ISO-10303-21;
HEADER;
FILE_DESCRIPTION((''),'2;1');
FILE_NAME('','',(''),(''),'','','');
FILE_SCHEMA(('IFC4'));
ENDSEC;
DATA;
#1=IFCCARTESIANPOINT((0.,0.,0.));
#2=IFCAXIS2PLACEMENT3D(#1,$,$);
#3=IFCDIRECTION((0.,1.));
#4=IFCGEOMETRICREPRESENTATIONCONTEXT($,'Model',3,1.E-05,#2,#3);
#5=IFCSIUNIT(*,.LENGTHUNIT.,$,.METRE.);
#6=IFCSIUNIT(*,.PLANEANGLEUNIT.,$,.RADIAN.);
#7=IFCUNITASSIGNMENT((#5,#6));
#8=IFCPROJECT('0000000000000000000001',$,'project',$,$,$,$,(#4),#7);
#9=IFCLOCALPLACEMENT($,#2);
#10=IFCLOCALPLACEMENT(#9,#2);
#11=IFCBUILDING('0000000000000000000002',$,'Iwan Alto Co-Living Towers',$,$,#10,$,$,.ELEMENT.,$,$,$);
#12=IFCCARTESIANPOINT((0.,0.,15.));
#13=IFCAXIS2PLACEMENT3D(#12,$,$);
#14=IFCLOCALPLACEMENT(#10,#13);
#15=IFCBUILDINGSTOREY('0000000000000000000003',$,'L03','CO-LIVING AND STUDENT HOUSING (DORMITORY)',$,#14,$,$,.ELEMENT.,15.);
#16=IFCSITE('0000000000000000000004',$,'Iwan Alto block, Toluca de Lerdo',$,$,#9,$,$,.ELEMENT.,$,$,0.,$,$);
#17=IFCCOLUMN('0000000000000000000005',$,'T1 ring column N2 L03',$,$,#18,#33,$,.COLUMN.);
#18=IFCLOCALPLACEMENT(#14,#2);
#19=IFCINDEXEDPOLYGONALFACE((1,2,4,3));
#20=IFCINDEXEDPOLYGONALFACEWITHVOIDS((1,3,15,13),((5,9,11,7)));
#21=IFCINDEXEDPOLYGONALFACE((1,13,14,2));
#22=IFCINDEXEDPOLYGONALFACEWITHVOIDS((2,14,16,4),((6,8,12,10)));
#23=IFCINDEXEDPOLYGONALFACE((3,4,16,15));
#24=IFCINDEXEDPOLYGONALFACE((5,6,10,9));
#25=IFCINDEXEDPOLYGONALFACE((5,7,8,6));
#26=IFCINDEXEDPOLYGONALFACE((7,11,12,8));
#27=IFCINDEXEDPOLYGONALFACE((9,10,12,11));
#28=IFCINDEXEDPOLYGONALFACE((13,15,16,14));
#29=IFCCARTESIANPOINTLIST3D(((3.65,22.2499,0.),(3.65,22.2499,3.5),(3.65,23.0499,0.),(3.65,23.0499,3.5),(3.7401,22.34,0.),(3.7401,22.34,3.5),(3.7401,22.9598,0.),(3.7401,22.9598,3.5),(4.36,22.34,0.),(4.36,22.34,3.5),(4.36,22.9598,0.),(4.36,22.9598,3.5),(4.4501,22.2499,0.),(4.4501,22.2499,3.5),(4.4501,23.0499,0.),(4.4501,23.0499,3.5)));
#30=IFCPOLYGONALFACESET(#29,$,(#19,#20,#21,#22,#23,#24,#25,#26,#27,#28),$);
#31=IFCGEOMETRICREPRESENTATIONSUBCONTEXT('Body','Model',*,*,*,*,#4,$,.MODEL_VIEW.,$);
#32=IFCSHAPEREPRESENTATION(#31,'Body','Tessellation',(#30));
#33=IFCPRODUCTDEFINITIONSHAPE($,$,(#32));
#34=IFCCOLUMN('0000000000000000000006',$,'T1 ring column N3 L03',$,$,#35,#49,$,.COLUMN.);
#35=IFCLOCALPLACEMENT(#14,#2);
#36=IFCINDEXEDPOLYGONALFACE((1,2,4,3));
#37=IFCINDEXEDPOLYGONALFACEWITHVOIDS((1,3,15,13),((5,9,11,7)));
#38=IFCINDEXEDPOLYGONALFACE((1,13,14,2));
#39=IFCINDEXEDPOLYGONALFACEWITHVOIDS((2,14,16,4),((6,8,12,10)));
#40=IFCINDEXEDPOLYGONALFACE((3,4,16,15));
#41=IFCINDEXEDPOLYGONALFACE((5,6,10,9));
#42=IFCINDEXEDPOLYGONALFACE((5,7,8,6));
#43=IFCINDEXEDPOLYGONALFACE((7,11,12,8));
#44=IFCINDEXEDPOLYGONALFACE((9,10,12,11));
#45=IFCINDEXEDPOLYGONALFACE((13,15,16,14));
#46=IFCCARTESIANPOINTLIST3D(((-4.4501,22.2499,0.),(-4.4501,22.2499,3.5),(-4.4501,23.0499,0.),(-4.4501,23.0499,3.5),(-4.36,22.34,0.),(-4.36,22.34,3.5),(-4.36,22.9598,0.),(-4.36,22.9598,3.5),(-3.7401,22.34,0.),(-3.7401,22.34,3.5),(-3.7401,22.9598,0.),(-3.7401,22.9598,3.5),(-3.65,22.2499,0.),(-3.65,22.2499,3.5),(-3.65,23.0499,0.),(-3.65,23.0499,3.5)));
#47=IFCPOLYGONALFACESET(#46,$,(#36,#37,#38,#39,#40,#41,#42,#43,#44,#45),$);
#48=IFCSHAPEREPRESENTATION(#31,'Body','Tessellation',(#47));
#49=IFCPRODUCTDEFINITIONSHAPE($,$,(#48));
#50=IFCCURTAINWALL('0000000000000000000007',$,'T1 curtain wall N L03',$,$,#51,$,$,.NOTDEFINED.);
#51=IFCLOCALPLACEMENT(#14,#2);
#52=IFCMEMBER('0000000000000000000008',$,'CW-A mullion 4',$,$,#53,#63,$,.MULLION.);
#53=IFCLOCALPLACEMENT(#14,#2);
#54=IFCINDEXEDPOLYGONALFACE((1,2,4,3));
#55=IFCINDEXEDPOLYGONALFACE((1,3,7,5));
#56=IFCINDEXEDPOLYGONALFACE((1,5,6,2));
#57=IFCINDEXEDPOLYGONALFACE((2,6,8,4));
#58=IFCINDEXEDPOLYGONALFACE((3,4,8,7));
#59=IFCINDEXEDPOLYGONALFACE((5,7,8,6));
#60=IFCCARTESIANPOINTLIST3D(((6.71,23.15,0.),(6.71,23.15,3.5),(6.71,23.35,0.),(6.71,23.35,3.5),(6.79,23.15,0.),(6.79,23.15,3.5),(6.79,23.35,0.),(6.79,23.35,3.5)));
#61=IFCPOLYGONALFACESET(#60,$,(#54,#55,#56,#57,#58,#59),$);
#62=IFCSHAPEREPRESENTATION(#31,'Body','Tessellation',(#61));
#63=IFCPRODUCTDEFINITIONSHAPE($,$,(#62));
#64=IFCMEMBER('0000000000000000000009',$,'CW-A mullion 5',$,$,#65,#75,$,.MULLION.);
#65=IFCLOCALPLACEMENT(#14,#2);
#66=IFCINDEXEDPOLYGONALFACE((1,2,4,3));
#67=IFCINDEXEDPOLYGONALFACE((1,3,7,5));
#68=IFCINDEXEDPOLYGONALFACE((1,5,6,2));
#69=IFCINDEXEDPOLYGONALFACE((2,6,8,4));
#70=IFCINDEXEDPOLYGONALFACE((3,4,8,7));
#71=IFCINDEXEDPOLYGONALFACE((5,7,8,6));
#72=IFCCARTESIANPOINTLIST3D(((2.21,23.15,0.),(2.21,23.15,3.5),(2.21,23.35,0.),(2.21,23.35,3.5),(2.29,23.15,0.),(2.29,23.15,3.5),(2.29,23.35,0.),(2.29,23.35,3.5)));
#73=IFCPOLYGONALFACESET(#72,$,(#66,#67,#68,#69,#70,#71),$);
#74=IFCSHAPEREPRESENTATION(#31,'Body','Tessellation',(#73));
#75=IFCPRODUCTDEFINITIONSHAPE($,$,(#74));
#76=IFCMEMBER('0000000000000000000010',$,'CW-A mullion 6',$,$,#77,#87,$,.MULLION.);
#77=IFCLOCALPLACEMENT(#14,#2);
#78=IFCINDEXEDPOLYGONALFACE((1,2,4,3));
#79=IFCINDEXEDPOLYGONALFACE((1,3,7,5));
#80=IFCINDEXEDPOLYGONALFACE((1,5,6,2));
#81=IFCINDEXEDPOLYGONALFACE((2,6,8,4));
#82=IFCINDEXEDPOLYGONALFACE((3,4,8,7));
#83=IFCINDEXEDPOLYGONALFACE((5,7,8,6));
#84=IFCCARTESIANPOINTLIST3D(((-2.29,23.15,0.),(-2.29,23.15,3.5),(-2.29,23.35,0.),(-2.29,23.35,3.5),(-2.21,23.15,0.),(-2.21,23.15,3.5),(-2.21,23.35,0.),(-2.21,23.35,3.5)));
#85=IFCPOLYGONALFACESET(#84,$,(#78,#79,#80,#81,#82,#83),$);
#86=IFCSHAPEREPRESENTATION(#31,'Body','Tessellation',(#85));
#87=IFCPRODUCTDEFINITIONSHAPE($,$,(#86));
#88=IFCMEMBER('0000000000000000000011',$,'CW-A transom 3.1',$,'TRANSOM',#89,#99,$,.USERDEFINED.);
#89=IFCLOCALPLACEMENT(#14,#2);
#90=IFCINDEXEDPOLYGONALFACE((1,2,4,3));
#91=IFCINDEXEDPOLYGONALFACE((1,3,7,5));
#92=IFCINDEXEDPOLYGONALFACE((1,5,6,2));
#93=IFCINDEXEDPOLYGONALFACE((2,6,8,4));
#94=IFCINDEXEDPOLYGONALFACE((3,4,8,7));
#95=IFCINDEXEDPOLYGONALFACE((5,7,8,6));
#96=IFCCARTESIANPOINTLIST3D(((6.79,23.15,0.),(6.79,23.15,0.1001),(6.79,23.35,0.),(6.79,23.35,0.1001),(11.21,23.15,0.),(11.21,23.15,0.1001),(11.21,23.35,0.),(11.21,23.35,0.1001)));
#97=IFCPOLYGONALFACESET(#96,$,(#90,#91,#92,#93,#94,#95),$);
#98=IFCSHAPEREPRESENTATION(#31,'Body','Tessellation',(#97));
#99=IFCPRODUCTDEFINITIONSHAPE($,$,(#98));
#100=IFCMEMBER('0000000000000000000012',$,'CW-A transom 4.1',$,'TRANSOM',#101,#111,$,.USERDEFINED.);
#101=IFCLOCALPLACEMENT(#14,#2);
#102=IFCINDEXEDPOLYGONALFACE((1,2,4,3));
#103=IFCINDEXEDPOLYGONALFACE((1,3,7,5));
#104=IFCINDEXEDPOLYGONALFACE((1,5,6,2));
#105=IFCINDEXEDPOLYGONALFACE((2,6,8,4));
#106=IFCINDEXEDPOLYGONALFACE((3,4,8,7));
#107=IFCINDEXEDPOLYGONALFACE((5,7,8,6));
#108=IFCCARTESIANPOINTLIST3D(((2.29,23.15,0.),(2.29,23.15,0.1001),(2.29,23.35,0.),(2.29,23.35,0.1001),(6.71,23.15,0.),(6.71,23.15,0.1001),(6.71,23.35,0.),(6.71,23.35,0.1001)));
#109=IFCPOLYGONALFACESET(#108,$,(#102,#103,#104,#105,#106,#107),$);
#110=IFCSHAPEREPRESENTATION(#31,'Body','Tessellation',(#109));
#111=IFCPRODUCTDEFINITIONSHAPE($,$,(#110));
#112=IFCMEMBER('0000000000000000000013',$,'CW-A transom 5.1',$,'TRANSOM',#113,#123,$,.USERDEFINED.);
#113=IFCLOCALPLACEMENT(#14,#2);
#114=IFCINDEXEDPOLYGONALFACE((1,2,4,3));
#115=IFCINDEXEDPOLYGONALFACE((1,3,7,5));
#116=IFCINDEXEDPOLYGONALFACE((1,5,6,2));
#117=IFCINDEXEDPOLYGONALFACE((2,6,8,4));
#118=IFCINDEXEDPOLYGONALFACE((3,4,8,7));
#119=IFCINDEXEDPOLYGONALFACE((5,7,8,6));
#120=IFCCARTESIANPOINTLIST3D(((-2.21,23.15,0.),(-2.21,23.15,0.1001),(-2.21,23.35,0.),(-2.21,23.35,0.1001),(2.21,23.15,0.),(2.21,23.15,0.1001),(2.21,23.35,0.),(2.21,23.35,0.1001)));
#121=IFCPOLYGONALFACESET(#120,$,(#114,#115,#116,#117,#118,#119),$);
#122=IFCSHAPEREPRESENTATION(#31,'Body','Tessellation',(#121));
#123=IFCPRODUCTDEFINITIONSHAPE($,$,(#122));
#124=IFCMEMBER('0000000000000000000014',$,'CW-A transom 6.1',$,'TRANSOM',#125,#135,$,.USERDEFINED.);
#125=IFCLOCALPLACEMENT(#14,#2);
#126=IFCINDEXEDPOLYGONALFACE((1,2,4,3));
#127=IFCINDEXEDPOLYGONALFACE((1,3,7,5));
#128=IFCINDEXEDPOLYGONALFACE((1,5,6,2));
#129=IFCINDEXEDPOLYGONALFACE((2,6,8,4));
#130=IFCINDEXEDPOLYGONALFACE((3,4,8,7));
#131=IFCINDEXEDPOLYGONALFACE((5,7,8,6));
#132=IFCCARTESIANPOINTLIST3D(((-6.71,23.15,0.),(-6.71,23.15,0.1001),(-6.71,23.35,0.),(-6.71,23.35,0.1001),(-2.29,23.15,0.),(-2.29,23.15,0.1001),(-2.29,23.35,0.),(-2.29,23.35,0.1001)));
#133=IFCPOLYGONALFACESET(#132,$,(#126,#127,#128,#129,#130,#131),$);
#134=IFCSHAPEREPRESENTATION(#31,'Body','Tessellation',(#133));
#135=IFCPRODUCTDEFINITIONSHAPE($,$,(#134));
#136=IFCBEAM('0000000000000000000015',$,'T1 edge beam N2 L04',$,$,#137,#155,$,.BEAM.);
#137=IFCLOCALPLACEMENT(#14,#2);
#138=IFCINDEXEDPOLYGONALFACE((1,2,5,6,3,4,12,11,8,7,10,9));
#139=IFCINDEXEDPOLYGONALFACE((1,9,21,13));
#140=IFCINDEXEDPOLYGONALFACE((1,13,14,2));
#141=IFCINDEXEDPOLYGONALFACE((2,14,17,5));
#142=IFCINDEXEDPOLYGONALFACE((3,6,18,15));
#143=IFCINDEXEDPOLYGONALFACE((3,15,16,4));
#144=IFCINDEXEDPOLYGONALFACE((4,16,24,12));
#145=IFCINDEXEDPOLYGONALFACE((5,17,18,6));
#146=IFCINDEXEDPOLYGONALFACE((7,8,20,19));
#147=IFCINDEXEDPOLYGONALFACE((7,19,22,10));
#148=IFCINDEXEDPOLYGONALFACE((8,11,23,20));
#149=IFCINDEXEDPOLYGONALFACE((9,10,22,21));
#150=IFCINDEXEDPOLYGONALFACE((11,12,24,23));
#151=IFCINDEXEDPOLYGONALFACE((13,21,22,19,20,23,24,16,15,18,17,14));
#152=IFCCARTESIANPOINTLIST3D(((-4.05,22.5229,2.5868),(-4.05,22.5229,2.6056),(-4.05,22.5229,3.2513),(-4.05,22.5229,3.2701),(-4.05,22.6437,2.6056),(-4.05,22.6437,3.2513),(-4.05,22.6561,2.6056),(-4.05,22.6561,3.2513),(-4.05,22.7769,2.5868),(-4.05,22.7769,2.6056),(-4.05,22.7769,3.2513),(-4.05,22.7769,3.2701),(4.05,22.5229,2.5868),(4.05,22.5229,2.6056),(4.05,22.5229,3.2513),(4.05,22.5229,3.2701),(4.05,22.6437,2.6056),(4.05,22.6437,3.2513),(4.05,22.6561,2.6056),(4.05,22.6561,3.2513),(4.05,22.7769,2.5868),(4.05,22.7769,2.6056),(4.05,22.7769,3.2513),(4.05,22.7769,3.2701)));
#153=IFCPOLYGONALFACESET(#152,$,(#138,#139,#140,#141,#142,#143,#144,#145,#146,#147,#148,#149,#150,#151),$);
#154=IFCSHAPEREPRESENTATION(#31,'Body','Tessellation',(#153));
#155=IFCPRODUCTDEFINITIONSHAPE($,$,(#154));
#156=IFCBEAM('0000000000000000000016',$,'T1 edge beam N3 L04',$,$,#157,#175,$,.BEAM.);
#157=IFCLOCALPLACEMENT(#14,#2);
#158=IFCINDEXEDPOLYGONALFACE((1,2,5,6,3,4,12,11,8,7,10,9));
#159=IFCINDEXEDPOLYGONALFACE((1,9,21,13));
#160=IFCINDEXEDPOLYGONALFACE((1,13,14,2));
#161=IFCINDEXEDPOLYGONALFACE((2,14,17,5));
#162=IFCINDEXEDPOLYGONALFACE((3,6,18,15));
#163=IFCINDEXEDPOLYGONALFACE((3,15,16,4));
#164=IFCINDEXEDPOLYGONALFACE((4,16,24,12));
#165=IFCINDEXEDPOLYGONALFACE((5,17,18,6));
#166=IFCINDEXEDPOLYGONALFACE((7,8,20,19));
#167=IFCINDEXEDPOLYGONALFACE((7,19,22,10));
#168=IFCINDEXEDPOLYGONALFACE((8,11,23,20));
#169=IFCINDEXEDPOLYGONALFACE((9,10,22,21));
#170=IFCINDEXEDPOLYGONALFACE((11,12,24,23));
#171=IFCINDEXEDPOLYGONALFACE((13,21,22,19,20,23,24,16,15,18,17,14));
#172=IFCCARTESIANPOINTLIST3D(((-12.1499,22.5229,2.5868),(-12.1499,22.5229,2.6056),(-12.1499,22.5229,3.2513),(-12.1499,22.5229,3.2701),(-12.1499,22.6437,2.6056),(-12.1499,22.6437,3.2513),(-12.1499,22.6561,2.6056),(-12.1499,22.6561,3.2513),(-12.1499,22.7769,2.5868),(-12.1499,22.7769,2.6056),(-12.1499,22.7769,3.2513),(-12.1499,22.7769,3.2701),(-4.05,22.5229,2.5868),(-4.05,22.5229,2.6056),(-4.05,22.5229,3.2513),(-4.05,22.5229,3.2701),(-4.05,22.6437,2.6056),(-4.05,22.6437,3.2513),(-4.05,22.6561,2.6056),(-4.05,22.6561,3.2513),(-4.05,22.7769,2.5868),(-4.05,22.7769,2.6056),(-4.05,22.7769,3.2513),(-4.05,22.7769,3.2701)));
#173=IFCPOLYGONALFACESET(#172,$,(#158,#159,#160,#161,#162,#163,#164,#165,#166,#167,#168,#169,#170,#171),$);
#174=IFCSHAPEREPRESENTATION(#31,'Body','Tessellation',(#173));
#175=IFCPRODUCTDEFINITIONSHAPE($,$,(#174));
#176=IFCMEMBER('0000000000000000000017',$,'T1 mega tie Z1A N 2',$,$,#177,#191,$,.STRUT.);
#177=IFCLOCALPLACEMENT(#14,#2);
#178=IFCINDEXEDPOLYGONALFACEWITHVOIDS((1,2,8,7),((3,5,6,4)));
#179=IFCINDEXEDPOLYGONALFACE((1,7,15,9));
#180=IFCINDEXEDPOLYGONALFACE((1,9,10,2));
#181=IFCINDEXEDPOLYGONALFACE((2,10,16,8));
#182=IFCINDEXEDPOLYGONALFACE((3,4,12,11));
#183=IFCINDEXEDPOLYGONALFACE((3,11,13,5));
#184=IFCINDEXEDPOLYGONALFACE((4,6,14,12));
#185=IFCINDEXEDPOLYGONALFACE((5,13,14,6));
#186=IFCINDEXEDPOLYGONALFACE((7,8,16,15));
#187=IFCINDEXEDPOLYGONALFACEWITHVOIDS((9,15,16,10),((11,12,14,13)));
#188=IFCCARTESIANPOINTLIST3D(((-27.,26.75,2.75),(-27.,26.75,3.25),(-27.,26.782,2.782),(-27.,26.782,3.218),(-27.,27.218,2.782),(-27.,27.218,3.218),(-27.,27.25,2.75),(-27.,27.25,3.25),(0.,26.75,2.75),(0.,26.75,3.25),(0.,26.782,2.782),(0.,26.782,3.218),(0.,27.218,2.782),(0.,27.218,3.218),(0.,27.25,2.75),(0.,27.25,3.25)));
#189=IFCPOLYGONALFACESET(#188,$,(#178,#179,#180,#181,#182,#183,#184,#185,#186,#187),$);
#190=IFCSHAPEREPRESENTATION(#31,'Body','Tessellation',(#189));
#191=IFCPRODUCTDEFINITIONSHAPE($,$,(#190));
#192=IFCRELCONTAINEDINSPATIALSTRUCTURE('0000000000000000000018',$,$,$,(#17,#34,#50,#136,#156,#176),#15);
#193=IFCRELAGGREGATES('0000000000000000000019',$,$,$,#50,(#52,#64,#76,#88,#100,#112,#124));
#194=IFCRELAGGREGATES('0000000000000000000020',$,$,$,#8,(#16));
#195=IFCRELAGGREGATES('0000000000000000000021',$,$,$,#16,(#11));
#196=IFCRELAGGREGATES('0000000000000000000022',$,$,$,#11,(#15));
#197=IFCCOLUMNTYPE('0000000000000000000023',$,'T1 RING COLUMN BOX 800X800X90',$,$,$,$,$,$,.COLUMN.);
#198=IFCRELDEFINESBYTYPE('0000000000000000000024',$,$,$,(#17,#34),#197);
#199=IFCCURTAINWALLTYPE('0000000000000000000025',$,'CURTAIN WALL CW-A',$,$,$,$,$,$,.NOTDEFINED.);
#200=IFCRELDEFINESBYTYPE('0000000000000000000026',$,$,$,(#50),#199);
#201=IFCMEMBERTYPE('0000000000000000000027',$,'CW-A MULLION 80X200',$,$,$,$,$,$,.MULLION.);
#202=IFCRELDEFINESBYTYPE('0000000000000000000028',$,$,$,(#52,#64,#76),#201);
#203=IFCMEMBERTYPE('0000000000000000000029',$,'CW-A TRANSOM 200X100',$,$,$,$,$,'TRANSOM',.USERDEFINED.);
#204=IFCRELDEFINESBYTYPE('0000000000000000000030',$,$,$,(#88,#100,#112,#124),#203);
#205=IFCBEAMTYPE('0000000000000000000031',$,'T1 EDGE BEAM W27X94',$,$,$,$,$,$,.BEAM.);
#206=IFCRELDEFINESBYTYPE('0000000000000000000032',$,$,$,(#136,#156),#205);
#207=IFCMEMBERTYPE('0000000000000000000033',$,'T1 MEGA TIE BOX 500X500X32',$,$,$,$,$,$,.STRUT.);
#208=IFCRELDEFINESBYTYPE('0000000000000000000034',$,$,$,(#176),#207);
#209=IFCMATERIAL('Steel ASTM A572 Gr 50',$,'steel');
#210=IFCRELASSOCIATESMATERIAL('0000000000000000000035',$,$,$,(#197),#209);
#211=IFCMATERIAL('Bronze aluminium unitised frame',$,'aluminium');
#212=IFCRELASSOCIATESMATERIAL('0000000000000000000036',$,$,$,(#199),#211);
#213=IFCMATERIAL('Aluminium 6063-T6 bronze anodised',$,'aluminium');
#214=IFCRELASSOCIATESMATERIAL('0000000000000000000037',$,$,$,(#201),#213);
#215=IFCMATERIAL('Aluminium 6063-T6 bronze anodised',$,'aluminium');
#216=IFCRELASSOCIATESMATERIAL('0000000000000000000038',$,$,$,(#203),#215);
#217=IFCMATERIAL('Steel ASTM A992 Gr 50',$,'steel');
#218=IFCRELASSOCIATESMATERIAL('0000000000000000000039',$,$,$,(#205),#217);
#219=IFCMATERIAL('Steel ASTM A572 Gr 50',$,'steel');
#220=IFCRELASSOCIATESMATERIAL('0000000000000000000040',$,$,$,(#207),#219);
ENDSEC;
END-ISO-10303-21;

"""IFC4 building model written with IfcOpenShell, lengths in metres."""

from ifc_helpers import new_model, si_unit, direction, frame, origin, origin_2d, place, context, subcontext, project, spatial, rectangle, hollow_rectangle, i_section, extrude, material, material_profile, profile_set, type_object, element, aggregate, save


model = new_model("IFC4")

# Units and contexts
model_context = context("Model", 3, precision=1e-05, world=origin(), true_north=direction((0.0, 1.0)))
body_context = subcontext(model_context, "Body", "Model", "MODEL_VIEW")
ifc_project = project(units=[si_unit("LENGTHUNIT", "METRE"), si_unit("PLANEANGLEUNIT", "RADIAN")], contexts=[model_context])

# Site, building, storey
site_placement = place(None, origin())
site = spatial("IfcSite", under=ifc_project, at=site_placement, Name="Iwan Alto block, Toluca de Lerdo", CompositionType="ELEMENT", RefElevation=0.0)
building_placement = place(site_placement, origin())
building = spatial("IfcBuilding", under=site, at=building_placement, Name="Iwan Alto Co-Living Towers", CompositionType="ELEMENT")
storey_placement = place(building_placement, frame((0.0, 0.0, 15.0)))
storey = spatial("IfcBuildingStorey", under=building, at=storey_placement, Name="L03", Description="CO-LIVING AND STUDENT HOUSING (DORMITORY)", CompositionType="ELEMENT", Elevation=15.0)

# Columns
ifc_material_1 = material(Name="Steel ASTM A572 Gr 50", Category="steel")
ifc_material_profile_1 = material_profile(ifc_material_1, hollow_rectangle(XDim=0.8, YDim=0.8, WallThickness=0.0901, at=origin_2d()), Name="BOX 800X800X90")
ifc_profile_set_1 = profile_set([ifc_material_profile_1], Name="Steel ASTM A572 Gr 50")
column_type = type_object("IfcColumnType", Name="T1 RING COLUMN BOX 800X800X90", PredefinedType="COLUMN", material=ifc_profile_set_1)
for number, where, z_axis, x_axis, name in (
    (1, (4.05, 22.6499, 0.0), (0.0, 0.0, 1.0), (1.0, 0.0, 0.0), "T1 ring column N2 L03"),
    (2, (-4.05, 22.6499, 0.0), (0.0, 0.0, 1.0), (1.0, 0.0, 0.0), "T1 ring column N3 L03"),
):
    element("IfcColumn", number, at=place(storey_placement, frame(where, z_axis=z_axis, x_axis=x_axis)), inside=storey, type_object=column_type, Name=name, PredefinedType="COLUMN", context=body_context, shape_type="SweptSolid", body=[
        extrude(hollow_rectangle(XDim=0.8, YDim=0.8, WallThickness=0.0901, at=origin_2d()), origin(), (0.0, 0.0, 1.0), 3.5),
    ])

# Curtain wall, members
ifc_material_2 = material(Name="Bronze aluminium unitised frame", Category="aluminium")
curtain_wall_type = type_object("IfcCurtainWallType", Name="CURTAIN WALL CW-A", PredefinedType="NOTDEFINED", material=ifc_material_2)
curtain_wall_placement = place(storey_placement, origin())
curtain_wall = element("IfcCurtainWall", 3, at=curtain_wall_placement, inside=storey, type_object=curtain_wall_type, Name="T1 curtain wall N L03", PredefinedType="NOTDEFINED")
ifc_material_3 = material(Name="Aluminium 6063-T6 bronze anodised", Category="aluminium")
ifc_material_profile_2 = material_profile(ifc_material_3, rectangle(XDim=0.2, YDim=0.0801, at=origin_2d()), Name="AL 80X200")
ifc_profile_set_2 = profile_set([ifc_material_profile_2], Name="Aluminium 6063-T6 bronze anodised")
member_type_1 = type_object("IfcMemberType", Name="CW-A MULLION 80X200", PredefinedType="MULLION", material=ifc_profile_set_2)
member_1_placement = place(storey_placement, frame((6.75, 23.25, 0.0), z_axis=(0.0, 0.0, 1.0), x_axis=(0.0, -1.0, 0.0)))
member_1 = element("IfcMember", 4, at=member_1_placement, type_object=member_type_1, Name="CW-A mullion 4", PredefinedType="MULLION", context=body_context, shape_type="SweptSolid", body=[
    extrude(rectangle(XDim=0.2, YDim=0.0801, at=origin_2d()), origin(), (0.0, 0.0, 1.0), 3.5),
])
member_2_placement = place(storey_placement, frame((2.25, 23.25, 0.0), z_axis=(0.0, 0.0, 1.0), x_axis=(0.0, -1.0, 0.0)))
member_2 = element("IfcMember", 5, at=member_2_placement, type_object=member_type_1, Name="CW-A mullion 5", PredefinedType="MULLION", context=body_context, shape_type="SweptSolid", body=[
    extrude(rectangle(XDim=0.2, YDim=0.0801, at=origin_2d()), origin(), (0.0, 0.0, 1.0), 3.5),
])
member_3_placement = place(storey_placement, frame((-2.25, 23.25, 0.0), z_axis=(0.0, 0.0, 1.0), x_axis=(0.0, -1.0, 0.0)))
member_3 = element("IfcMember", 6, at=member_3_placement, type_object=member_type_1, Name="CW-A mullion 6", PredefinedType="MULLION", context=body_context, shape_type="SweptSolid", body=[
    extrude(rectangle(XDim=0.2, YDim=0.0801, at=origin_2d()), origin(), (0.0, 0.0, 1.0), 3.5),
])
ifc_material_4 = material(Name="Aluminium 6063-T6 bronze anodised", Category="aluminium")
ifc_material_profile_3 = material_profile(ifc_material_4, rectangle(XDim=0.2, YDim=0.1001, at=origin_2d()), Name="AL 200X100")
ifc_profile_set_3 = profile_set([ifc_material_profile_3], Name="Aluminium 6063-T6 bronze anodised")
member_type_2 = type_object("IfcMemberType", Name="CW-A TRANSOM 200X100", ElementType="TRANSOM", PredefinedType="USERDEFINED", material=ifc_profile_set_3)
member_4_placement = place(storey_placement, frame((11.21, 23.25, 0.05), z_axis=(-1.0, 0.0, 0.0), x_axis=(0.0, -1.0, 0.0)))
member_4 = element("IfcMember", 7, at=member_4_placement, type_object=member_type_2, Name="CW-A transom 3.1", ObjectType="TRANSOM", PredefinedType="USERDEFINED", context=body_context, shape_type="SweptSolid", body=[
    extrude(rectangle(XDim=0.2, YDim=0.1001, at=origin_2d()), origin(), (0.0, 0.0, 1.0), 4.4199),
])
member_5_placement = place(storey_placement, frame((6.71, 23.25, 0.05), z_axis=(-1.0, 0.0, 0.0), x_axis=(0.0, -1.0, 0.0)))
member_5 = element("IfcMember", 8, at=member_5_placement, type_object=member_type_2, Name="CW-A transom 4.1", ObjectType="TRANSOM", PredefinedType="USERDEFINED", context=body_context, shape_type="SweptSolid", body=[
    extrude(rectangle(XDim=0.2, YDim=0.1001, at=origin_2d()), origin(), (0.0, 0.0, 1.0), 4.4199),
])
member_6_placement = place(storey_placement, frame((2.21, 23.25, 0.05), z_axis=(-1.0, 0.0, 0.0), x_axis=(0.0, -1.0, 0.0)))
member_6 = element("IfcMember", 9, at=member_6_placement, type_object=member_type_2, Name="CW-A transom 5.1", ObjectType="TRANSOM", PredefinedType="USERDEFINED", context=body_context, shape_type="SweptSolid", body=[
    extrude(rectangle(XDim=0.2, YDim=0.1001, at=origin_2d()), origin(), (0.0, 0.0, 1.0), 4.4199),
])
member_7_placement = place(storey_placement, frame((-2.29, 23.25, 0.05), z_axis=(-1.0, 0.0, 0.0), x_axis=(0.0, -1.0, 0.0)))
member_7 = element("IfcMember", 10, at=member_7_placement, type_object=member_type_2, Name="CW-A transom 6.1", ObjectType="TRANSOM", PredefinedType="USERDEFINED", context=body_context, shape_type="SweptSolid", body=[
    extrude(rectangle(XDim=0.2, YDim=0.1001, at=origin_2d()), origin(), (0.0, 0.0, 1.0), 4.4199),
])

# Beams
ifc_material_5 = material(Name="Steel ASTM A992 Gr 50", Category="steel")
ifc_material_profile_4 = material_profile(ifc_material_5, i_section(OverallWidth=0.2539, OverallDepth=0.6833, WebThickness=0.0125, FlangeThickness=0.0188, at=origin_2d()), Name="W27X94")
ifc_profile_set_4 = profile_set([ifc_material_profile_4], Name="Steel ASTM A992 Gr 50")
beam_type_1 = type_object("IfcBeamType", Name="T1 EDGE BEAM W27X94", PredefinedType="BEAM", material=ifc_profile_set_4)
beam_1_placement = place(storey_placement, frame((4.05, 22.6499, 2.9285), z_axis=(-1.0, 0.0, 0.0), x_axis=(0.0, -1.0, 0.0)))
element("IfcBeam", 11, at=beam_1_placement, inside=storey, type_object=beam_type_1, Name="T1 edge beam N2 L04", PredefinedType="BEAM", context=body_context, shape_type="SweptSolid", body=[
    extrude(i_section(OverallWidth=0.2539, OverallDepth=0.6833, WebThickness=0.0125, FlangeThickness=0.0188, at=origin_2d()), origin(), (0.0, 0.0, 1.0), 8.1001),
])
beam_2_placement = place(storey_placement, frame((-4.05, 22.6499, 2.9285), z_axis=(-1.0, 0.0, 0.0), x_axis=(0.0, -1.0, 0.0)))
element("IfcBeam", 12, at=beam_2_placement, inside=storey, type_object=beam_type_1, Name="T1 edge beam N3 L04", PredefinedType="BEAM", context=body_context, shape_type="SweptSolid", body=[
    extrude(i_section(OverallWidth=0.2539, OverallDepth=0.6833, WebThickness=0.0125, FlangeThickness=0.0188, at=origin_2d()), origin(), (0.0, 0.0, 1.0), 8.0999),
])

# Member
ifc_material_6 = material(Name="Steel ASTM A572 Gr 50", Category="steel")
ifc_material_profile_5 = material_profile(ifc_material_6, hollow_rectangle(XDim=0.5, YDim=0.5, WallThickness=0.032, at=origin_2d()), Name="BOX 500X500X32")
ifc_profile_set_5 = profile_set([ifc_material_profile_5], Name="Steel ASTM A572 Gr 50")
member_type_3 = type_object("IfcMemberType", Name="T1 MEGA TIE BOX 500X500X32", PredefinedType="STRUT", material=ifc_profile_set_5)
member_8_placement = place(storey_placement, frame((0.0, 27.0, 3.0), z_axis=(-1.0, 0.0, 0.0), x_axis=(0.0, -1.0, 0.0)))
element("IfcMember", 13, at=member_8_placement, inside=storey, type_object=member_type_3, Name="T1 mega tie Z1A N 2", PredefinedType="STRUT", context=body_context, shape_type="SweptSolid", body=[
    extrude(hollow_rectangle(XDim=0.5, YDim=0.5, WallThickness=0.032, at=origin_2d()), origin(), (0.0, 0.0, 1.0), 27.0),
])

aggregate(curtain_wall, [member_1, member_2, member_3, member_4, member_5, member_6, member_7])

save(model, "model.ifc")
